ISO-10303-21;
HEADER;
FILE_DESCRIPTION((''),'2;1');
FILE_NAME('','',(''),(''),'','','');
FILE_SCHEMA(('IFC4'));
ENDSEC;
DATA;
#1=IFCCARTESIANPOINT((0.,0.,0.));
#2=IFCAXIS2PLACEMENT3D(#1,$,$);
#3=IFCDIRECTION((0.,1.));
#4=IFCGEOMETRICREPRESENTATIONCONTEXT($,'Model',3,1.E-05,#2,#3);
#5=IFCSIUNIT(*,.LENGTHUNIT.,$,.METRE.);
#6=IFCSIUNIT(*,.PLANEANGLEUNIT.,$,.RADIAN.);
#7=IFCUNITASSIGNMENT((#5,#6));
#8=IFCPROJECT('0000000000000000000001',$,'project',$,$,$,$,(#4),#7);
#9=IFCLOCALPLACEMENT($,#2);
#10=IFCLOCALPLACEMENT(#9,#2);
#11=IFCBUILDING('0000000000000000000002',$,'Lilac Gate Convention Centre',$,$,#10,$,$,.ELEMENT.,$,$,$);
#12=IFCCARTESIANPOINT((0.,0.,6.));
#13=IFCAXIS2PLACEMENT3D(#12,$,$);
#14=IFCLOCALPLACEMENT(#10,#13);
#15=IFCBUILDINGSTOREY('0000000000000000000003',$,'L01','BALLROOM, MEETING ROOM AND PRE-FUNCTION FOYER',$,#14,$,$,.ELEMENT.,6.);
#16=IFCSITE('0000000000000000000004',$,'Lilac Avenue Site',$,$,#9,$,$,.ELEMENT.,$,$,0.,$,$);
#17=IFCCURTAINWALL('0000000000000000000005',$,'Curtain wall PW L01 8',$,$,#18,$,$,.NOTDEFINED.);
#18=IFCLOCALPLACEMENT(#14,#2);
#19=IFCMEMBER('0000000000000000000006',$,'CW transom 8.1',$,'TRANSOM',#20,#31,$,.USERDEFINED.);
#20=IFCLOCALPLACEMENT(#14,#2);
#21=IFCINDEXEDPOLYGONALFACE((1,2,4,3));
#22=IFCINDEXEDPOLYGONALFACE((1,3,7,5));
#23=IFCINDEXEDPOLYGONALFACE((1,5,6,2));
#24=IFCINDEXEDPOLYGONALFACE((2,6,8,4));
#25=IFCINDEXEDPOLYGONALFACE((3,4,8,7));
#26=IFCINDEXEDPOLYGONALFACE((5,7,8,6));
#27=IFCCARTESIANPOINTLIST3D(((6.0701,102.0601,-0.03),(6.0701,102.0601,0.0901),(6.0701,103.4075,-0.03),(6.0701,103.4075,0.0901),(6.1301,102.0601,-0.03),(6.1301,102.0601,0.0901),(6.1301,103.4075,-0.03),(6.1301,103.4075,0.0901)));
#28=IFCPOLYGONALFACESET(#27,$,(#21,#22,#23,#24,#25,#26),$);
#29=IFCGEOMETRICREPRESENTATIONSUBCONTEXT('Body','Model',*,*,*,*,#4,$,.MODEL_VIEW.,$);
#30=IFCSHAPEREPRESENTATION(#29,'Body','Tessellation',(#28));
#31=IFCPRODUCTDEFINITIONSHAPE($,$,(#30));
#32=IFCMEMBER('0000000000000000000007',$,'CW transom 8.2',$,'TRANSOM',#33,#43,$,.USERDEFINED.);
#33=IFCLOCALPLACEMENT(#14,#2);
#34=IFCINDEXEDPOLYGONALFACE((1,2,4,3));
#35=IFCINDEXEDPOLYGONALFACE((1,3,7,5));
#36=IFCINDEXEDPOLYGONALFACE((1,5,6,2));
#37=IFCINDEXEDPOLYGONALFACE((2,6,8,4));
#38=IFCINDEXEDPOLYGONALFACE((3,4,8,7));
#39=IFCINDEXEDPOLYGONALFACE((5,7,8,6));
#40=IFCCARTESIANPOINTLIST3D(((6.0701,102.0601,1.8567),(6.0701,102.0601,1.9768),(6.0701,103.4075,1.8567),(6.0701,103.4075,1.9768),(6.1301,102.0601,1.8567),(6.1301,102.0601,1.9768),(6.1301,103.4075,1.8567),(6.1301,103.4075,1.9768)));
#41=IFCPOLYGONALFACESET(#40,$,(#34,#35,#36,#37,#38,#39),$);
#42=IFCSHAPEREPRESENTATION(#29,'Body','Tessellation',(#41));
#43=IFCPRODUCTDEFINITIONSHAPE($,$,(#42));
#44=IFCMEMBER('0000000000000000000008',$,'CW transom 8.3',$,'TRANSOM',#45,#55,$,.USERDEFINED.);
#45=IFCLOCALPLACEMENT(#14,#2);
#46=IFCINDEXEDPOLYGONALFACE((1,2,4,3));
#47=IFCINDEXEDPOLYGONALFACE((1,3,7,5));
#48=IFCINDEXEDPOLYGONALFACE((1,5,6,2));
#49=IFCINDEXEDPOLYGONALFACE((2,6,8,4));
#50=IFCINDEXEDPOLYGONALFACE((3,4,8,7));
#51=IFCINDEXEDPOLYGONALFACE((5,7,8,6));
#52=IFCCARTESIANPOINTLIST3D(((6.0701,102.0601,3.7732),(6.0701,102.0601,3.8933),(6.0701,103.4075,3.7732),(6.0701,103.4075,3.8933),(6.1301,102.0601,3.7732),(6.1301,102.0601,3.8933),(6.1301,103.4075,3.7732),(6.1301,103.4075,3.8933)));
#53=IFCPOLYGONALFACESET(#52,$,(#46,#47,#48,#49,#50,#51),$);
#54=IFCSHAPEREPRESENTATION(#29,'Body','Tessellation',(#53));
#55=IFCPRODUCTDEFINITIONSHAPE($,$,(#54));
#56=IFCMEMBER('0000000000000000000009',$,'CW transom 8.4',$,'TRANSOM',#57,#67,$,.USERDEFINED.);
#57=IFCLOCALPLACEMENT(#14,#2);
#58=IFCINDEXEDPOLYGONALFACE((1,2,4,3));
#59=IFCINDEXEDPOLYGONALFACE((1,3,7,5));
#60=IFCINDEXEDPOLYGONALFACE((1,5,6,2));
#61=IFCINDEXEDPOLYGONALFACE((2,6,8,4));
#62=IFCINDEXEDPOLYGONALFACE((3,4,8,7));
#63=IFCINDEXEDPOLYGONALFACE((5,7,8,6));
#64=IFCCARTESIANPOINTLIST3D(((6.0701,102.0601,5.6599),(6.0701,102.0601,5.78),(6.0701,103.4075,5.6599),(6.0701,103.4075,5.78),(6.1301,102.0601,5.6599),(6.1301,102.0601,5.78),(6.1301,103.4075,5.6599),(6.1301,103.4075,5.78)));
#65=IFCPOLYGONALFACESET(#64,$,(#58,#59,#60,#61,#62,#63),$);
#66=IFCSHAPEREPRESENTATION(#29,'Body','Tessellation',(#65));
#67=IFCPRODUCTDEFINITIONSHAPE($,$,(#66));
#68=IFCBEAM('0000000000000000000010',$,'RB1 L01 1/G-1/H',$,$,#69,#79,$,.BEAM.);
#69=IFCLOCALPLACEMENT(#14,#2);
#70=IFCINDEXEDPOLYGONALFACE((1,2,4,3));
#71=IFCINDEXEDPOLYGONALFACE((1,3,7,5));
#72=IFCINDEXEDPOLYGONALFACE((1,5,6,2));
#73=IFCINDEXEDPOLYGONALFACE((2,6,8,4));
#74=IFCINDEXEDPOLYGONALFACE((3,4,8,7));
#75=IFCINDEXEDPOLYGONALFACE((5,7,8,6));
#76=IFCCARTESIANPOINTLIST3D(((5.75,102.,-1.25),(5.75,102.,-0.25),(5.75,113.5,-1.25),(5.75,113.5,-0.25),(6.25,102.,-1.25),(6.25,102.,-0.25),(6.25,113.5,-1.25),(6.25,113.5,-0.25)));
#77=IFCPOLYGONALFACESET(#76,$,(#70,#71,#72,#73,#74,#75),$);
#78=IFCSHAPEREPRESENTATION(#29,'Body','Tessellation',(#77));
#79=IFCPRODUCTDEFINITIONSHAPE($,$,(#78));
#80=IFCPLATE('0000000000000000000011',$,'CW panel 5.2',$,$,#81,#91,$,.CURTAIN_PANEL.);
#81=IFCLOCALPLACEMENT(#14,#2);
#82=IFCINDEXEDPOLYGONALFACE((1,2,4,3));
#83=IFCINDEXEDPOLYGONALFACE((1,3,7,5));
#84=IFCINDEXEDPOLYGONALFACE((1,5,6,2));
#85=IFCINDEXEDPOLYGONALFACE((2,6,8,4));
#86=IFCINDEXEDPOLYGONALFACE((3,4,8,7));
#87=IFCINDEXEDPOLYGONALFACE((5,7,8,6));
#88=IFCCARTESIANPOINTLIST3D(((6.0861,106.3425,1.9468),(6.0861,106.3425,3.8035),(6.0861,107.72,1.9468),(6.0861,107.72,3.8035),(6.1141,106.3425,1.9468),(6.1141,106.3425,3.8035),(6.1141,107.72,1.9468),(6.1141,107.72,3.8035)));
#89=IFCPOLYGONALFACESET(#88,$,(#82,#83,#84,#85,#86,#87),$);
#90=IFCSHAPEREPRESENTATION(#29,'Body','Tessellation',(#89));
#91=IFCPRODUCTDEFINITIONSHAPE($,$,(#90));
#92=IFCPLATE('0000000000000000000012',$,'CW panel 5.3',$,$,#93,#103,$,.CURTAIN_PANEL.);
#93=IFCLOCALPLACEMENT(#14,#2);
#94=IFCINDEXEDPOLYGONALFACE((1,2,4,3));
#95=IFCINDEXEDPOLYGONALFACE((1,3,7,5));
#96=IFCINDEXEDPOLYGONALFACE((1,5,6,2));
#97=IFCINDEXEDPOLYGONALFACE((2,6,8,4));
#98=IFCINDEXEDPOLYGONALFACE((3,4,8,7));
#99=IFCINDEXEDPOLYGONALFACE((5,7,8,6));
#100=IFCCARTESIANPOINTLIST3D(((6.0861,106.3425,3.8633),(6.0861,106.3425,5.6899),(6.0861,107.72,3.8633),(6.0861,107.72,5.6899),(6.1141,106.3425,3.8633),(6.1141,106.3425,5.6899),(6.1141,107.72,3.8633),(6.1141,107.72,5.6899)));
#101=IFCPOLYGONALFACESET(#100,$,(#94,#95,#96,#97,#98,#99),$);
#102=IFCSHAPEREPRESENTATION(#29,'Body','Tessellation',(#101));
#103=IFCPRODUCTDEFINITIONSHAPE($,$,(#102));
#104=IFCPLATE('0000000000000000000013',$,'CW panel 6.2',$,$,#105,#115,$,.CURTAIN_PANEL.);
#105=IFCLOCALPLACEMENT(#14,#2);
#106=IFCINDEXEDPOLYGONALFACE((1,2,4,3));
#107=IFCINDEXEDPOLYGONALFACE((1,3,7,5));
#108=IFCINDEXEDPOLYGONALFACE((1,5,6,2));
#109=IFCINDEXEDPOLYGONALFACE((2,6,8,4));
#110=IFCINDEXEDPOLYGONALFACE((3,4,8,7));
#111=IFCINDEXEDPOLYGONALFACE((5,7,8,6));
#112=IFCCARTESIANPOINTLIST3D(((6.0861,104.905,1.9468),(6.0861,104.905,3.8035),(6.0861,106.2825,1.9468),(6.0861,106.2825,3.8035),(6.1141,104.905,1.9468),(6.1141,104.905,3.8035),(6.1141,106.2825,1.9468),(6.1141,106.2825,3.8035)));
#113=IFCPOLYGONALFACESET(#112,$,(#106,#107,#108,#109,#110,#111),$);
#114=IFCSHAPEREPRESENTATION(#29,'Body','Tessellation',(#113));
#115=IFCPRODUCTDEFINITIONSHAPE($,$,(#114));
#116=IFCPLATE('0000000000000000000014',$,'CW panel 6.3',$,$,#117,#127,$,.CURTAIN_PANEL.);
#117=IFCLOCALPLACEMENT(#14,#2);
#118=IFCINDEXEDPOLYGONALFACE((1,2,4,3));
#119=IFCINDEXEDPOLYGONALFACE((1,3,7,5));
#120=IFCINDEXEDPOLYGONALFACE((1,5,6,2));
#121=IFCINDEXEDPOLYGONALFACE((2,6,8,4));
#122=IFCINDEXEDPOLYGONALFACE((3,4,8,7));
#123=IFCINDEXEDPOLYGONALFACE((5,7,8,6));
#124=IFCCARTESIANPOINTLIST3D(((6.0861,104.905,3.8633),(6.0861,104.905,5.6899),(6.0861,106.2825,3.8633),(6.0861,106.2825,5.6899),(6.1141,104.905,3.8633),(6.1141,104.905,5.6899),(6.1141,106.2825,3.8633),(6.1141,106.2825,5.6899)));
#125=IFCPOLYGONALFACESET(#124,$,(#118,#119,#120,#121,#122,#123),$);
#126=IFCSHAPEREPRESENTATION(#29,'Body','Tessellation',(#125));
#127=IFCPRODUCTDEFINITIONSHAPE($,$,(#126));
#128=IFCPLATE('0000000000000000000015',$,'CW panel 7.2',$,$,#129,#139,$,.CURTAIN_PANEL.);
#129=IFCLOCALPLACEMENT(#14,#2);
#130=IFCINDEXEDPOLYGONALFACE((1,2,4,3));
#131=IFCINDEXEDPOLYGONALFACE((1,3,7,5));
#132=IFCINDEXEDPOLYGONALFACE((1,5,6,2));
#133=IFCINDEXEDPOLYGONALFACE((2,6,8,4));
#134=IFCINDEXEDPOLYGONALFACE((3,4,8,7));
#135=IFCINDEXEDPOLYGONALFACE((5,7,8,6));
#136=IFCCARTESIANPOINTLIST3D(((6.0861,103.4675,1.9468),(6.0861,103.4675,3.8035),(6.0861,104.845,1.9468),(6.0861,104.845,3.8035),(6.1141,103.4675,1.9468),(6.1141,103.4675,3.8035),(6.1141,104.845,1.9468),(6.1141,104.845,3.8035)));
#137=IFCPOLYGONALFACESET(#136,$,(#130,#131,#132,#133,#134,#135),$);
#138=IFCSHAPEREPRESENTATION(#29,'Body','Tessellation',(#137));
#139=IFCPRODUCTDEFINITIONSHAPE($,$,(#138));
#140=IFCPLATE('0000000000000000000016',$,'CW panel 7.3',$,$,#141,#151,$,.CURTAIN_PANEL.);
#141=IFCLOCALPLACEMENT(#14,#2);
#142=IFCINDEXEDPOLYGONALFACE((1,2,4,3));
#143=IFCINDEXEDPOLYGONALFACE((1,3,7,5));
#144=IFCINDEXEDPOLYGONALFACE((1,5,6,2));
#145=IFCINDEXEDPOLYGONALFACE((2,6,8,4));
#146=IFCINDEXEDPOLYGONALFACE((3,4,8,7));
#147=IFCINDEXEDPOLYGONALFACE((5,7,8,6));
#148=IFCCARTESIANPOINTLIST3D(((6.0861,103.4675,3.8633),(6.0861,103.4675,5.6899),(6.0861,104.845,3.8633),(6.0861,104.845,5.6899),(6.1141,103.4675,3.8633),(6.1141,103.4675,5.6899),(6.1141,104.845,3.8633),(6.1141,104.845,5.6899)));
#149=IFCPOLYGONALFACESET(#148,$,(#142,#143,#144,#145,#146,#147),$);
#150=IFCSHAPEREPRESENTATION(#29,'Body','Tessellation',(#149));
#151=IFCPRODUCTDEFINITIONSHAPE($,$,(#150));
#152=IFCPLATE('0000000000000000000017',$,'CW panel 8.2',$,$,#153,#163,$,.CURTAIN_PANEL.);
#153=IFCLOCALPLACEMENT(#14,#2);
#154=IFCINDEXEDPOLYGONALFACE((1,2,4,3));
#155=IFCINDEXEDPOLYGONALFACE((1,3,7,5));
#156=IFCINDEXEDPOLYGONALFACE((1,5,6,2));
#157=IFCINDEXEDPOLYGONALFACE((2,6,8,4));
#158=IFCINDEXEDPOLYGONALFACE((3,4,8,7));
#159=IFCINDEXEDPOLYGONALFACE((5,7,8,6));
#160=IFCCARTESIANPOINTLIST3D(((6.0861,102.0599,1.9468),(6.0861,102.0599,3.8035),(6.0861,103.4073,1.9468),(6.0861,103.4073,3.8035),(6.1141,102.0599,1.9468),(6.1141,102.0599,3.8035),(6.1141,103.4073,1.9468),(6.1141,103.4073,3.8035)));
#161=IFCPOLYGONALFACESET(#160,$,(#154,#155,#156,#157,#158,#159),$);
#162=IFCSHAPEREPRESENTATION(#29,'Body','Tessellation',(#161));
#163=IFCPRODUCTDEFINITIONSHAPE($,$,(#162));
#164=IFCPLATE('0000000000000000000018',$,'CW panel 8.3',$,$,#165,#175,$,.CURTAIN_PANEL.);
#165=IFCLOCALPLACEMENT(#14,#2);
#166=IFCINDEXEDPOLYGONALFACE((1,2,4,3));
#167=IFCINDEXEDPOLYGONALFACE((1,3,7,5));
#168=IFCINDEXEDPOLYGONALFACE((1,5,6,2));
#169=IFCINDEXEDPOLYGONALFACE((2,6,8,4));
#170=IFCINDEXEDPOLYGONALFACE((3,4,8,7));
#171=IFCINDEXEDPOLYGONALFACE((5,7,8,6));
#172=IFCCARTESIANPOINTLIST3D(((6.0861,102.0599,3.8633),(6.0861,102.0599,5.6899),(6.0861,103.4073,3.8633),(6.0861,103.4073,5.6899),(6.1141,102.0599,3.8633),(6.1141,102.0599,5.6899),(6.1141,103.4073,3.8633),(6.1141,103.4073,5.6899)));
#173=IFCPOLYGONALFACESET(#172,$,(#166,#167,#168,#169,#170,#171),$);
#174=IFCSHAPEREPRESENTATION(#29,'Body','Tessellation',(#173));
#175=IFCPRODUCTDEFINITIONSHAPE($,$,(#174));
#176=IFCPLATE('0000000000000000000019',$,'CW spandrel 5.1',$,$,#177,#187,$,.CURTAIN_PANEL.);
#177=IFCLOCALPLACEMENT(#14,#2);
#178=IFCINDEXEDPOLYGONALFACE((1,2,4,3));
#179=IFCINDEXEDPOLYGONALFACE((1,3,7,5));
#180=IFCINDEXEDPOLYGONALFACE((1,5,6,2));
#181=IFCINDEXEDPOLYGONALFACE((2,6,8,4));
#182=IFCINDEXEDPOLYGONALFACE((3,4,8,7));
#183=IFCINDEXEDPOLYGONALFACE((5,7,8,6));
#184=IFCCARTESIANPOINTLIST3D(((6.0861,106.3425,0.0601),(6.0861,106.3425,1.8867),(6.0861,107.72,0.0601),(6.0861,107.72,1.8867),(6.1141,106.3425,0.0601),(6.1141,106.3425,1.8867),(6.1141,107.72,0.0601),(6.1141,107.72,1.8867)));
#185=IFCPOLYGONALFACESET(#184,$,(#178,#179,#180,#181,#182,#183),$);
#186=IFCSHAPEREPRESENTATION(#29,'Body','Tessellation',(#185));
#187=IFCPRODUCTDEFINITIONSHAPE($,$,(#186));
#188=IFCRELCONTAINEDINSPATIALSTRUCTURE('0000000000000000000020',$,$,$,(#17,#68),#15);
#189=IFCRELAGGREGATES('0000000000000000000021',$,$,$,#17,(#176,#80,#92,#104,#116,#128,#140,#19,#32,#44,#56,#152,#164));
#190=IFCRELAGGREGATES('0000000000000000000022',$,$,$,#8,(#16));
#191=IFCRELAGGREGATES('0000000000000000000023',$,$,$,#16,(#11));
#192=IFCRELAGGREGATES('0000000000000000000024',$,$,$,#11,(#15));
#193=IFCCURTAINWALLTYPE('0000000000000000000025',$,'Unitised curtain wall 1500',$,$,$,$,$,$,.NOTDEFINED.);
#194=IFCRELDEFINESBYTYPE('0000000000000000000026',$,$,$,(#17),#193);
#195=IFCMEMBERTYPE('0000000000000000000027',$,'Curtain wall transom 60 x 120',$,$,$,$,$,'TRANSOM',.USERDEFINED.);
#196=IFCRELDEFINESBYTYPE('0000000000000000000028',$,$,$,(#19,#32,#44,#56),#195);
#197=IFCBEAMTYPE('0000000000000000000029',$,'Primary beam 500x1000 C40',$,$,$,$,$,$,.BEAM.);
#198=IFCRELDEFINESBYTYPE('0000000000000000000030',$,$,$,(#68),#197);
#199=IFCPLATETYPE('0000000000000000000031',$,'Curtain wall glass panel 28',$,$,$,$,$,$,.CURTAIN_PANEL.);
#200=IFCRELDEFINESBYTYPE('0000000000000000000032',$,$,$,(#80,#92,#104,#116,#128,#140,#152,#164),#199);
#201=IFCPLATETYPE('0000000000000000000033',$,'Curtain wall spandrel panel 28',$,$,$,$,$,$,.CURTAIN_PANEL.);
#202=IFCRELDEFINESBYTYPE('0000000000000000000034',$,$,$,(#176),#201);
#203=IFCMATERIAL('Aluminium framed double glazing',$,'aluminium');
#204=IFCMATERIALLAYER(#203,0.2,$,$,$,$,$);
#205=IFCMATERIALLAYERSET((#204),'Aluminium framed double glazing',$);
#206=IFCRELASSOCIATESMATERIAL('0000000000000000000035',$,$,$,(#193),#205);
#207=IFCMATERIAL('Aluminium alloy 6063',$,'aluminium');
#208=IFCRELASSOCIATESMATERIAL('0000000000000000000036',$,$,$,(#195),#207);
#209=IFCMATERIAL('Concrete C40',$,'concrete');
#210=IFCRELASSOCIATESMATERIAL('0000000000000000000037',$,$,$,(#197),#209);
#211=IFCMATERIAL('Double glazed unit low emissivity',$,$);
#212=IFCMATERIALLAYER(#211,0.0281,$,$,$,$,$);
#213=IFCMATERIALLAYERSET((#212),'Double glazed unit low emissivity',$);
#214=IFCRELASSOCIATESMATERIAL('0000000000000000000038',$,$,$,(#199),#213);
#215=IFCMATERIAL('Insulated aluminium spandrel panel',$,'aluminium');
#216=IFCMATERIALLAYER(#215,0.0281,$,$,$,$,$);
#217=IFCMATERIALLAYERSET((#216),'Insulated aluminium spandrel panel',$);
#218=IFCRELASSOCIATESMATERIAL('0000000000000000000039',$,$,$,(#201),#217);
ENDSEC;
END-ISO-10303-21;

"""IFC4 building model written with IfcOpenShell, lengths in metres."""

from ifc_helpers import new_model, si_unit, direction, frame, origin, origin_2d, place, context, subcontext, project, spatial, rectangle, extrude, material, layer, layer_set, material_profile, profile_set, type_object, element, aggregate, save


model = new_model("IFC4")

# Units and contexts
model_context = context("Model", 3, precision=1e-05, world=origin(), true_north=direction((0.0, 1.0)))
body_context = subcontext(model_context, "Body", "Model", "MODEL_VIEW")
ifc_project = project(units=[si_unit("LENGTHUNIT", "METRE"), si_unit("PLANEANGLEUNIT", "RADIAN")], contexts=[model_context])

# Site, building, storey
site_placement = place(None, origin())
site = spatial("IfcSite", under=ifc_project, at=site_placement, Name="Lilac Avenue Site", CompositionType="ELEMENT", RefElevation=0.0)
building_placement = place(site_placement, origin())
building = spatial("IfcBuilding", under=site, at=building_placement, Name="Lilac Gate Convention Centre", CompositionType="ELEMENT")
storey_placement = place(building_placement, frame((0.0, 0.0, 6.0)))
storey = spatial("IfcBuildingStorey", under=building, at=storey_placement, Name="L01", Description="BALLROOM, MEETING ROOM AND PRE-FUNCTION FOYER", CompositionType="ELEMENT", Elevation=6.0)

# Curtain wall, members
ifc_material_1 = material(Name="Aluminium framed double glazing", Category="aluminium")
ifc_layer_1 = layer(ifc_material_1, 0.2)
ifc_layer_set_1 = layer_set([ifc_layer_1], Name="Aluminium framed double glazing")
curtain_wall_type = type_object("IfcCurtainWallType", Name="Unitised curtain wall 1500", PredefinedType="NOTDEFINED", material=ifc_layer_set_1)
curtain_wall_placement = place(storey_placement, origin())
curtain_wall = element("IfcCurtainWall", 1, at=curtain_wall_placement, inside=storey, type_object=curtain_wall_type, Name="Curtain wall PW L01 8", PredefinedType="NOTDEFINED")
ifc_material_2 = material(Name="Aluminium alloy 6063", Category="aluminium")
ifc_material_profile_1 = material_profile(ifc_material_2, rectangle(XDim=0.0601, YDim=0.1201, at=origin_2d()), Name="Curtain wall transom 60 x 120")
ifc_profile_set_1 = profile_set([ifc_material_profile_1], Name="Aluminium alloy 6063")
member_type_1 = type_object("IfcMemberType", Name="Curtain wall transom 60 x 120", ElementType="TRANSOM", PredefinedType="USERDEFINED", material=ifc_profile_set_1)
member_1_placement = place(storey_placement, frame((6.1001, 103.4075, 0.03), z_axis=(0.0, -1.0, 0.0), x_axis=(1.0, 0.0, 0.0)))
member_1 = element("IfcMember", 2, at=member_1_placement, type_object=member_type_1, Name="CW transom 8.1", ObjectType="TRANSOM", PredefinedType="USERDEFINED", context=body_context, shape_type="SweptSolid", body=[
    extrude(rectangle(XDim=0.0601, YDim=0.1201, at=origin_2d()), origin(), (0.0, 0.0, 1.0), 1.3474),
])
member_2_placement = place(storey_placement, frame((6.1001, 103.4075, 1.9167), z_axis=(0.0, -1.0, 0.0), x_axis=(1.0, 0.0, 0.0)))
member_2 = element("IfcMember", 3, at=member_2_placement, type_object=member_type_1, Name="CW transom 8.2", ObjectType="TRANSOM", PredefinedType="USERDEFINED", context=body_context, shape_type="SweptSolid", body=[
    extrude(rectangle(XDim=0.0601, YDim=0.1201, at=origin_2d()), origin(), (0.0, 0.0, 1.0), 1.3474),
])
member_3_placement = place(storey_placement, frame((6.1001, 103.4075, 3.8333), z_axis=(0.0, -1.0, 0.0), x_axis=(1.0, 0.0, 0.0)))
member_3 = element("IfcMember", 4, at=member_3_placement, type_object=member_type_1, Name="CW transom 8.3", ObjectType="TRANSOM", PredefinedType="USERDEFINED", context=body_context, shape_type="SweptSolid", body=[
    extrude(rectangle(XDim=0.0601, YDim=0.1201, at=origin_2d()), origin(), (0.0, 0.0, 1.0), 1.3474),
])
member_4_placement = place(storey_placement, frame((6.1001, 103.4075, 5.72), z_axis=(0.0, -1.0, 0.0), x_axis=(1.0, 0.0, 0.0)))
member_4 = element("IfcMember", 5, at=member_4_placement, type_object=member_type_1, Name="CW transom 8.4", ObjectType="TRANSOM", PredefinedType="USERDEFINED", context=body_context, shape_type="SweptSolid", body=[
    extrude(rectangle(XDim=0.0601, YDim=0.1201, at=origin_2d()), origin(), (0.0, 0.0, 1.0), 1.3474),
])

# Beam
ifc_material_3 = material(Name="Concrete C40", Category="concrete")
ifc_material_profile_2 = material_profile(ifc_material_3, rectangle(XDim=0.5, YDim=1.0, at=origin_2d()), Name="RC 500x1000")
ifc_profile_set_2 = profile_set([ifc_material_profile_2], Name="Concrete C40")
beam_type = type_object("IfcBeamType", Name="Primary beam 500x1000 C40", PredefinedType="BEAM", material=ifc_profile_set_2)
beam_placement = place(storey_placement, frame((6.0, 102.0, -0.75), z_axis=(0.0, 1.0, 0.0), x_axis=(-1.0, 0.0, 0.0)))
element("IfcBeam", 6, at=beam_placement, inside=storey, type_object=beam_type, Name="RB1 L01 1/G-1/H", PredefinedType="BEAM", context=body_context, shape_type="SweptSolid", body=[
    extrude(rectangle(XDim=0.5, YDim=1.0, at=origin_2d()), origin(), (0.0, 0.0, 1.0), 11.5),
])

# Plates
ifc_material_4 = material(Name="Double glazed unit low emissivity")
ifc_layer_2 = layer(ifc_material_4, 0.0281)
ifc_layer_set_2 = layer_set([ifc_layer_2], Name="Double glazed unit low emissivity")
plate_type_1 = type_object("IfcPlateType", Name="Curtain wall glass panel 28", PredefinedType="CURTAIN_PANEL", material=ifc_layer_set_2)
plate_1_placement = place(storey_placement, frame((6.1001, 107.0312, 1.9468), z_axis=(0.0, 0.0, 1.0), x_axis=(0.0, -1.0, 0.0)))
plate_1 = element("IfcPlate", 7, at=plate_1_placement, type_object=plate_type_1, Name="CW panel 5.2", PredefinedType="CURTAIN_PANEL", context=body_context, shape_type="SweptSolid", body=[
    extrude(rectangle(XDim=1.3774, YDim=0.0281, at=origin_2d()), origin(), (0.0, 0.0, 1.0), 1.8567),
])
plate_2_placement = place(storey_placement, frame((6.1001, 107.0312, 3.8633), z_axis=(0.0, 0.0, 1.0), x_axis=(0.0, -1.0, 0.0)))
plate_2 = element("IfcPlate", 8, at=plate_2_placement, type_object=plate_type_1, Name="CW panel 5.3", PredefinedType="CURTAIN_PANEL", context=body_context, shape_type="SweptSolid", body=[
    extrude(rectangle(XDim=1.3774, YDim=0.0281, at=origin_2d()), origin(), (0.0, 0.0, 1.0), 1.8267),
])
plate_3_placement = place(storey_placement, frame((6.1001, 105.5938, 1.9468), z_axis=(0.0, 0.0, 1.0), x_axis=(0.0, -1.0, 0.0)))
plate_3 = element("IfcPlate", 9, at=plate_3_placement, type_object=plate_type_1, Name="CW panel 6.2", PredefinedType="CURTAIN_PANEL", context=body_context, shape_type="SweptSolid", body=[
    extrude(rectangle(XDim=1.3774, YDim=0.0281, at=origin_2d()), origin(), (0.0, 0.0, 1.0), 1.8567),
])
plate_4_placement = place(storey_placement, frame((6.1001, 105.5938, 3.8633), z_axis=(0.0, 0.0, 1.0), x_axis=(0.0, -1.0, 0.0)))
plate_4 = element("IfcPlate", 10, at=plate_4_placement, type_object=plate_type_1, Name="CW panel 6.3", PredefinedType="CURTAIN_PANEL", context=body_context, shape_type="SweptSolid", body=[
    extrude(rectangle(XDim=1.3774, YDim=0.0281, at=origin_2d()), origin(), (0.0, 0.0, 1.0), 1.8267),
])
plate_5_placement = place(storey_placement, frame((6.1001, 104.1562, 1.9468), z_axis=(0.0, 0.0, 1.0), x_axis=(0.0, -1.0, 0.0)))
plate_5 = element("IfcPlate", 11, at=plate_5_placement, type_object=plate_type_1, Name="CW panel 7.2", PredefinedType="CURTAIN_PANEL", context=body_context, shape_type="SweptSolid", body=[
    extrude(rectangle(XDim=1.3774, YDim=0.0281, at=origin_2d()), origin(), (0.0, 0.0, 1.0), 1.8567),
])
plate_6_placement = place(storey_placement, frame((6.1001, 104.1562, 3.8633), z_axis=(0.0, 0.0, 1.0), x_axis=(0.0, -1.0, 0.0)))
plate_6 = element("IfcPlate", 12, at=plate_6_placement, type_object=plate_type_1, Name="CW panel 7.3", PredefinedType="CURTAIN_PANEL", context=body_context, shape_type="SweptSolid", body=[
    extrude(rectangle(XDim=1.3774, YDim=0.0281, at=origin_2d()), origin(), (0.0, 0.0, 1.0), 1.8267),
])
plate_7_placement = place(storey_placement, frame((6.1001, 102.7336, 1.9468), z_axis=(0.0, 0.0, 1.0), x_axis=(0.0, -1.0, 0.0)))
plate_7 = element("IfcPlate", 13, at=plate_7_placement, type_object=plate_type_1, Name="CW panel 8.2", PredefinedType="CURTAIN_PANEL", context=body_context, shape_type="SweptSolid", body=[
    extrude(rectangle(XDim=1.3474, YDim=0.0281, at=origin_2d()), origin(), (0.0, 0.0, 1.0), 1.8567),
])
plate_8_placement = place(storey_placement, frame((6.1001, 102.7336, 3.8633), z_axis=(0.0, 0.0, 1.0), x_axis=(0.0, -1.0, 0.0)))
plate_8 = element("IfcPlate", 14, at=plate_8_placement, type_object=plate_type_1, Name="CW panel 8.3", PredefinedType="CURTAIN_PANEL", context=body_context, shape_type="SweptSolid", body=[
    extrude(rectangle(XDim=1.3474, YDim=0.0281, at=origin_2d()), origin(), (0.0, 0.0, 1.0), 1.8267),
])
ifc_material_5 = material(Name="Insulated aluminium spandrel panel", Category="aluminium")
ifc_layer_3 = layer(ifc_material_5, 0.0281)
ifc_layer_set_3 = layer_set([ifc_layer_3], Name="Insulated aluminium spandrel panel")
plate_type_2 = type_object("IfcPlateType", Name="Curtain wall spandrel panel 28", PredefinedType="CURTAIN_PANEL", material=ifc_layer_set_3)
plate_9_placement = place(storey_placement, frame((6.1001, 107.0312, 0.0601), z_axis=(0.0, 0.0, 1.0), x_axis=(0.0, -1.0, 0.0)))
plate_9 = element("IfcPlate", 15, at=plate_9_placement, type_object=plate_type_2, Name="CW spandrel 5.1", PredefinedType="CURTAIN_PANEL", context=body_context, shape_type="SweptSolid", body=[
    extrude(rectangle(XDim=1.3774, YDim=0.0281, at=origin_2d()), origin(), (0.0, 0.0, 1.0), 1.8267),
])
aggregate(curtain_wall, [plate_9, plate_1, plate_2, plate_3, plate_4, plate_5, plate_6, member_1, member_2, member_3, member_4, plate_7, plate_8])

save(model, "model.ifc")
